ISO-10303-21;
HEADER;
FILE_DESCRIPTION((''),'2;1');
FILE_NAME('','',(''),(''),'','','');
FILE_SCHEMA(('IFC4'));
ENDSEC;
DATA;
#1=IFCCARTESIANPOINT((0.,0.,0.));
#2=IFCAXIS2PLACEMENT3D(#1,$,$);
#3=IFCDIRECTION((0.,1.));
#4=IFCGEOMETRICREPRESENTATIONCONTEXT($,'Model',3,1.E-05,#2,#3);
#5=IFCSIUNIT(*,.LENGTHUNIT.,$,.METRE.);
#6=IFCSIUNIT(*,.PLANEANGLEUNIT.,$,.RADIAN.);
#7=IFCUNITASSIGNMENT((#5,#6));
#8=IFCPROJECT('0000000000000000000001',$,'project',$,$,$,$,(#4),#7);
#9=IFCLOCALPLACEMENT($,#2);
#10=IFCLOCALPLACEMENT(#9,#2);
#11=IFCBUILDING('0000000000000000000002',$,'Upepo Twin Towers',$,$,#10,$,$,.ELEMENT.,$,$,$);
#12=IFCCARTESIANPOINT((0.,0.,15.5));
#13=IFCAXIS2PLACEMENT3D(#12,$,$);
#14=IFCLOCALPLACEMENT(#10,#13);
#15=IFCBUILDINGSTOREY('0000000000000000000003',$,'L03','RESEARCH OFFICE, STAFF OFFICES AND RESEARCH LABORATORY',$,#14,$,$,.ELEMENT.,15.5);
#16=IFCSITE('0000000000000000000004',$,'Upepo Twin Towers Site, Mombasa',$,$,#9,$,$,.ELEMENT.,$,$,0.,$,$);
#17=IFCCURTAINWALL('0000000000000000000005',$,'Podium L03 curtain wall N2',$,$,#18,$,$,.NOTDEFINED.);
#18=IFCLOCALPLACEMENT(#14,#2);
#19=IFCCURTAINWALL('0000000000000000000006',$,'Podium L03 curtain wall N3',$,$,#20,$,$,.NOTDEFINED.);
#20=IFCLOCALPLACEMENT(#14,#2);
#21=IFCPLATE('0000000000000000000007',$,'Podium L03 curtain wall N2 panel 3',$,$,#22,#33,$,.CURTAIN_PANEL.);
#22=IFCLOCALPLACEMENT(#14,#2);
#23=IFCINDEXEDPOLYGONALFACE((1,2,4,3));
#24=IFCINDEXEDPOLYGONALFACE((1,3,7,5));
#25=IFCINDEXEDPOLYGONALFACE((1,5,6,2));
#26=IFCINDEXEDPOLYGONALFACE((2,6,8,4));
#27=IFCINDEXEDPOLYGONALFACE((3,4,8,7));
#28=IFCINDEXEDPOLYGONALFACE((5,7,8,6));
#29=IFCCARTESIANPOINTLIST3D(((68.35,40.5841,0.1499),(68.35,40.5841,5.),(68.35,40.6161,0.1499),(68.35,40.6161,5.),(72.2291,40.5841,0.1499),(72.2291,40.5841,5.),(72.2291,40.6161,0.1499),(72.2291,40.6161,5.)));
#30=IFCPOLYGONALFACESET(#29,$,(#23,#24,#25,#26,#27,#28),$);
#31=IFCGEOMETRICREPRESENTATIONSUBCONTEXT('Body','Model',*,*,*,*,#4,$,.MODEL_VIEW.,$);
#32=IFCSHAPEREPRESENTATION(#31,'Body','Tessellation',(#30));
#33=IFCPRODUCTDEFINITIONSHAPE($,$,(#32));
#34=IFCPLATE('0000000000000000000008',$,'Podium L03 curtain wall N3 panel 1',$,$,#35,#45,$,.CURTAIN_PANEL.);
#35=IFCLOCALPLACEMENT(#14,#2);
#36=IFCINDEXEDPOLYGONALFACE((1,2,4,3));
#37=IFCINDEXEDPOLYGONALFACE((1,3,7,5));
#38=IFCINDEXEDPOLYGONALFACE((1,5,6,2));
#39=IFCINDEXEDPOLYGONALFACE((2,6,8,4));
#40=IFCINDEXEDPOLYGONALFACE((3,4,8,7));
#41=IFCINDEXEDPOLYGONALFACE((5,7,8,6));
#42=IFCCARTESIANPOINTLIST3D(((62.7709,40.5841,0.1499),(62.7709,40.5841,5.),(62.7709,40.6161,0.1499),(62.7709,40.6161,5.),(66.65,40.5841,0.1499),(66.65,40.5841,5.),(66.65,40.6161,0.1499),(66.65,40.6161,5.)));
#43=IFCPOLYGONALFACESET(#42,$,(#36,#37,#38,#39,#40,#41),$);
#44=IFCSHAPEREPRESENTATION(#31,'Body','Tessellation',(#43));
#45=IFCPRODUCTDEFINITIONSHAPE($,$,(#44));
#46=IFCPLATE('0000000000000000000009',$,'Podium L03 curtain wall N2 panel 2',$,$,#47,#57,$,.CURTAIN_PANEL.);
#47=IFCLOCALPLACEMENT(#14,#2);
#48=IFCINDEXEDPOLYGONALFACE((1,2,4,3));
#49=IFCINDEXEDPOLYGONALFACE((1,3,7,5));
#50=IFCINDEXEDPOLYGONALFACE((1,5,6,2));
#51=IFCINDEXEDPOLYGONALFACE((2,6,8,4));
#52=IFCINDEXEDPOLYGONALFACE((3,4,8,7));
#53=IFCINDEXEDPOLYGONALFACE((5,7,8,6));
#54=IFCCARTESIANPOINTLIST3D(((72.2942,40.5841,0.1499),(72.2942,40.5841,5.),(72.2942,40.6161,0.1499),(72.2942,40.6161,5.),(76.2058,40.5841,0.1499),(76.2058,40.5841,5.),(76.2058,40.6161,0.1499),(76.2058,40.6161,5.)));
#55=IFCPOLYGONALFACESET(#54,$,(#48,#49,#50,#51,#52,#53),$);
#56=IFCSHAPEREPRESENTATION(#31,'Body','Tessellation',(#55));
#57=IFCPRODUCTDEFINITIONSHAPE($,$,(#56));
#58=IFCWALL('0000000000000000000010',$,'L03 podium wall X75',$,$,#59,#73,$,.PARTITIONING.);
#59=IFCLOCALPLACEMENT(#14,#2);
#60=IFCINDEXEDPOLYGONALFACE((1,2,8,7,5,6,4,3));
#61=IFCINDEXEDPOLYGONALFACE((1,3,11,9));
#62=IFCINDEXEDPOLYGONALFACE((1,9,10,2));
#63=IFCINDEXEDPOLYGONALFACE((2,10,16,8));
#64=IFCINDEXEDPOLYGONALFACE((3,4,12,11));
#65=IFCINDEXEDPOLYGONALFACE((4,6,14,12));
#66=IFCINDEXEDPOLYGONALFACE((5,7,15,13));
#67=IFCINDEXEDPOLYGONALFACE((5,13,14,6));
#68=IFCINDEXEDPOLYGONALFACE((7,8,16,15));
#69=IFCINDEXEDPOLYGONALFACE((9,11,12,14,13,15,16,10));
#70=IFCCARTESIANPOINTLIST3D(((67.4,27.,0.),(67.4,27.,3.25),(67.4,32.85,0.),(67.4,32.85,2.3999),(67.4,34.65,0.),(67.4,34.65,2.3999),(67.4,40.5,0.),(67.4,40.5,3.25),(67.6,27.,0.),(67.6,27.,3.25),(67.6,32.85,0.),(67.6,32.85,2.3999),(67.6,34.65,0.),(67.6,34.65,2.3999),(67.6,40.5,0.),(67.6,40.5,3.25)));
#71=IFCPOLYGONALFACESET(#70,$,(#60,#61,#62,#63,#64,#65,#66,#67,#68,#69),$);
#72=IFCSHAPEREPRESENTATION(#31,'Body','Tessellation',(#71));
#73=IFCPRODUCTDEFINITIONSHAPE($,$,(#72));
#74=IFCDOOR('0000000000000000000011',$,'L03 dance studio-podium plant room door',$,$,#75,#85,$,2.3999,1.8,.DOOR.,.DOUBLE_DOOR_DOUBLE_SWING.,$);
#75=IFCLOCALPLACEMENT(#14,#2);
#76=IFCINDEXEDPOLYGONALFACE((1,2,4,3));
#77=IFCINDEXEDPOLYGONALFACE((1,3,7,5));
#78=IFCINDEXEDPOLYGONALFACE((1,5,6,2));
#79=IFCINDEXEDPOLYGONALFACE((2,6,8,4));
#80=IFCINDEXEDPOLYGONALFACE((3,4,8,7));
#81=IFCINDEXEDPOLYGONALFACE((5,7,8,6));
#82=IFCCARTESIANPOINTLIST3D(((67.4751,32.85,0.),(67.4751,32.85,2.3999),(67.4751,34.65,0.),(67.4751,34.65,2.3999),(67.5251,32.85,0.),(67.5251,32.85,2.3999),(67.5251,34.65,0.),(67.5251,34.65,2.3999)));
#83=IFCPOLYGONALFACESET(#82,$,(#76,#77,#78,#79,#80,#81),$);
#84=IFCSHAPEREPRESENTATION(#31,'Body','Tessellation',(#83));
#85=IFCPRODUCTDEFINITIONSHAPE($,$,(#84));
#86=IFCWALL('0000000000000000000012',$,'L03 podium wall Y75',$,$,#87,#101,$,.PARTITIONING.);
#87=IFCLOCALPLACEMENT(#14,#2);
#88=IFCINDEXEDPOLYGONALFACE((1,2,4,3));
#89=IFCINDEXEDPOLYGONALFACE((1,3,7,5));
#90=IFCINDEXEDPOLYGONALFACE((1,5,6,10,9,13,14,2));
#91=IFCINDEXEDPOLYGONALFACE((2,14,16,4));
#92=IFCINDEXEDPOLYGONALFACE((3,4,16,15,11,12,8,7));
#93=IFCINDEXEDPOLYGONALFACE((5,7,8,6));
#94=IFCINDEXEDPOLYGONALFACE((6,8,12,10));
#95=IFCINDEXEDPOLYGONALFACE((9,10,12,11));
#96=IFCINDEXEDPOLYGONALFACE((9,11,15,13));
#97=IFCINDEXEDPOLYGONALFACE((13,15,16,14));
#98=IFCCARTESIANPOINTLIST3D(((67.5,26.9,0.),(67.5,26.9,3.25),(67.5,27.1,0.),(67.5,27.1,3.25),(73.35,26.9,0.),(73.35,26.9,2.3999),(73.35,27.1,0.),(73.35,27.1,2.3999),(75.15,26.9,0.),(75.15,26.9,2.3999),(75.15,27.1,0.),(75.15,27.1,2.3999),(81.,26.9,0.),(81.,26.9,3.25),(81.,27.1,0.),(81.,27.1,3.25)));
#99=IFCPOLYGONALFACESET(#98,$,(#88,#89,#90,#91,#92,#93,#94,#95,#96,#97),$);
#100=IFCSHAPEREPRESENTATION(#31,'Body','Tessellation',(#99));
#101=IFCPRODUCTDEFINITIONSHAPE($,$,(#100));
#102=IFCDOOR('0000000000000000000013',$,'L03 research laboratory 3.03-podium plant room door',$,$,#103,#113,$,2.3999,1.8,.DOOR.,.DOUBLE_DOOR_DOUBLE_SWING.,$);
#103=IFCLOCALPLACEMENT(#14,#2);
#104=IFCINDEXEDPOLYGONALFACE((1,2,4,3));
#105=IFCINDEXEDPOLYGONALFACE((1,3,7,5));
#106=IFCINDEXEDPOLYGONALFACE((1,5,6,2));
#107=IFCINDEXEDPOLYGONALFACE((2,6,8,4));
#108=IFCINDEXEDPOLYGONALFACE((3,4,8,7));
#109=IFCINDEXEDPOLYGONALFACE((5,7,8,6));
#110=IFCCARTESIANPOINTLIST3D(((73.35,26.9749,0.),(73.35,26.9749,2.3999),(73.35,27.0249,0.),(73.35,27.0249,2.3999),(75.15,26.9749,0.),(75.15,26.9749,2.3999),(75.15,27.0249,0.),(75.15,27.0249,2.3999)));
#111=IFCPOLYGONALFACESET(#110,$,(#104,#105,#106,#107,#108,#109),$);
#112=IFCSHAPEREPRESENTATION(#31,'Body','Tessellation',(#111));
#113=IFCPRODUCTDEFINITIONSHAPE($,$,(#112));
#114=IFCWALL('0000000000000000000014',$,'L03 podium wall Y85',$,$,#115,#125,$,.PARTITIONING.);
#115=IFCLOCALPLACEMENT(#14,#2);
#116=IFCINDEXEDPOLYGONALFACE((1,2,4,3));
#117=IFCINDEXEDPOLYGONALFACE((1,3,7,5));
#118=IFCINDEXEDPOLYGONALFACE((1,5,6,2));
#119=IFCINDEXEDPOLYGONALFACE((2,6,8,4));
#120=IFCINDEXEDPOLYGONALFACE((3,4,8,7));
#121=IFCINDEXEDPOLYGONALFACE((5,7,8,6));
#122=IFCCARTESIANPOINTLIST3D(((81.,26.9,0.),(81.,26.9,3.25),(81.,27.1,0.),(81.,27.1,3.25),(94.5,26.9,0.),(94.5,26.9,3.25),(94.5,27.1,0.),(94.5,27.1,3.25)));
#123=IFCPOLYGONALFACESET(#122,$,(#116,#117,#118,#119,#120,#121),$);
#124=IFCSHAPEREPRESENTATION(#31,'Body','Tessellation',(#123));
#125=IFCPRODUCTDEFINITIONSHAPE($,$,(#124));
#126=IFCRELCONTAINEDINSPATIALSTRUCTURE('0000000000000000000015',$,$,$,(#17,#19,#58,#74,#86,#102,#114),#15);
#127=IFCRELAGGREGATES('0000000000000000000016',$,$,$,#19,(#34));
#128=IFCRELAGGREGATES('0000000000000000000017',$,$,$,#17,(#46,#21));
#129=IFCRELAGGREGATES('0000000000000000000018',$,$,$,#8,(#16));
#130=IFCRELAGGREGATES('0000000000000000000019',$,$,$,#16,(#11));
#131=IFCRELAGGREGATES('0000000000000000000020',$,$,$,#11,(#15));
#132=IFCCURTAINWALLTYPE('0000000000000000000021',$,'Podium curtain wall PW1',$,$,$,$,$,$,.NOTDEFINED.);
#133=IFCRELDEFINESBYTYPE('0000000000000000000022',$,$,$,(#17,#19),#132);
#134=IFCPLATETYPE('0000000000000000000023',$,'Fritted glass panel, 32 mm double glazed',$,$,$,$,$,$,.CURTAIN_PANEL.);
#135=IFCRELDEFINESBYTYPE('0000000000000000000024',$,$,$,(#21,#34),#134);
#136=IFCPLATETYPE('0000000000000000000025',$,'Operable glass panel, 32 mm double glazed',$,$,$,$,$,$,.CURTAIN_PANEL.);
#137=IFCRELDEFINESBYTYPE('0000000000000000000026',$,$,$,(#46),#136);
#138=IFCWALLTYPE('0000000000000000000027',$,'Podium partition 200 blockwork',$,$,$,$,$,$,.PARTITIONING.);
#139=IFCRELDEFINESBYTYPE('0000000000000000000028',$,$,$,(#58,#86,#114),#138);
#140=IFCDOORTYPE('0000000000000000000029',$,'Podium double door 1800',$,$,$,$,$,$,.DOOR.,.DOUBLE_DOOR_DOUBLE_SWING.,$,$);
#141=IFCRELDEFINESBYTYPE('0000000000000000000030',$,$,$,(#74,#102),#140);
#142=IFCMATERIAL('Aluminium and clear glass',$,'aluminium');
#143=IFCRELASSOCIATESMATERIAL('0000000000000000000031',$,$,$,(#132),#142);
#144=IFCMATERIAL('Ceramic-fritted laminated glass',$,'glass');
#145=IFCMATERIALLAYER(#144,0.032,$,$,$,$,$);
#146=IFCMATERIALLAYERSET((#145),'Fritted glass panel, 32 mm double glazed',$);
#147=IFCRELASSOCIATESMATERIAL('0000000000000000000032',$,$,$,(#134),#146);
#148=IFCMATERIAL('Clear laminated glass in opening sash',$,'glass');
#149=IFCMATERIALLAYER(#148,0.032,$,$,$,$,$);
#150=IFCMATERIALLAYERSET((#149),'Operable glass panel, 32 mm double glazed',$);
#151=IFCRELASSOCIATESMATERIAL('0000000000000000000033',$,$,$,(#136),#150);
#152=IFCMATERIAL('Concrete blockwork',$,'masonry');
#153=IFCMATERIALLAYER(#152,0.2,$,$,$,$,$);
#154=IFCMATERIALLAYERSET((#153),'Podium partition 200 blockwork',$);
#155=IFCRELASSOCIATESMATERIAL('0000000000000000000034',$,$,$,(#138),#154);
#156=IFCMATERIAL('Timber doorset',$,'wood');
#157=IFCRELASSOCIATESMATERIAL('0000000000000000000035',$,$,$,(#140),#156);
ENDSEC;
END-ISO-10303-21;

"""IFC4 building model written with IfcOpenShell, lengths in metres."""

from ifc_helpers import new_model, si_unit, direction, frame, frame_2d, origin, origin_2d, place, context, subcontext, project, spatial, rectangle, extrude, material, layer, layer_set, type_object, element, fill, aggregate, save


model = new_model("IFC4")

# Units and contexts
model_context = context("Model", 3, precision=1e-05, world=origin(), true_north=direction((0.0, 1.0)))
body_context = subcontext(model_context, "Body", "Model", "MODEL_VIEW")
ifc_project = project(units=[si_unit("LENGTHUNIT", "METRE"), si_unit("PLANEANGLEUNIT", "RADIAN")], contexts=[model_context])

# Site, building, storey
site_placement = place(None, origin())
site = spatial("IfcSite", under=ifc_project, at=site_placement, Name="Upepo Twin Towers Site, Mombasa", CompositionType="ELEMENT", RefElevation=0.0)
building_placement = place(site_placement, origin())
building = spatial("IfcBuilding", under=site, at=building_placement, Name="Upepo Twin Towers", CompositionType="ELEMENT")
storey_placement = place(building_placement, frame((0.0, 0.0, 15.5)))
storey = spatial("IfcBuildingStorey", under=building, at=storey_placement, Name="L03", Description="RESEARCH OFFICE, STAFF OFFICES AND RESEARCH LABORATORY", CompositionType="ELEMENT", Elevation=15.5)

# Shared definitions
ifc_material_1 = material(Name="Aluminium and clear glass", Category="aluminium")
curtain_wall_type = type_object("IfcCurtainWallType", Name="Podium curtain wall PW1", PredefinedType="NOTDEFINED", material=ifc_material_1)

# Curtain wall
curtain_wall_1_placement = place(storey_placement, origin())
curtain_wall_1 = element("IfcCurtainWall", 1, at=curtain_wall_1_placement, inside=storey, type_object=curtain_wall_type, Name="Podium L03 curtain wall N2", PredefinedType="NOTDEFINED")

# Curtain wall
curtain_wall_2_placement = place(storey_placement, origin())
curtain_wall_2 = element("IfcCurtainWall", 2, at=curtain_wall_2_placement, inside=storey, type_object=curtain_wall_type, Name="Podium L03 curtain wall N3", PredefinedType="NOTDEFINED")

# Plates
ifc_material_2 = material(Name="Ceramic-fritted laminated glass", Category="glass")
ifc_layer_1 = layer(ifc_material_2, 0.032)
ifc_layer_set_1 = layer_set([ifc_layer_1], Name="Fritted glass panel, 32 mm double glazed")
plate_type_1 = type_object("IfcPlateType", Name="Fritted glass panel, 32 mm double glazed", PredefinedType="CURTAIN_PANEL", material=ifc_layer_set_1)
plate_1_placement = place(storey_placement, frame((70.2896, 40.6001, 0.1499), z_axis=(0.0, 0.0, 1.0), x_axis=(-1.0, 0.0, 0.0)))
plate_1 = element("IfcPlate", 3, at=plate_1_placement, type_object=plate_type_1, Name="Podium L03 curtain wall N2 panel 3", PredefinedType="CURTAIN_PANEL", context=body_context, shape_type="SweptSolid", body=[
    extrude(rectangle(XDim=3.8792, YDim=0.032, at=origin_2d()), origin(), (0.0, 0.0, 1.0), 4.8501),
])
plate_2_placement = place(storey_placement, frame((64.7104, 40.6001, 0.1499), z_axis=(0.0, 0.0, 1.0), x_axis=(-1.0, 0.0, 0.0)))
plate_2 = element("IfcPlate", 4, at=plate_2_placement, type_object=plate_type_1, Name="Podium L03 curtain wall N3 panel 1", PredefinedType="CURTAIN_PANEL", context=body_context, shape_type="SweptSolid", body=[
    extrude(rectangle(XDim=3.8792, YDim=0.032, at=origin_2d()), origin(), (0.0, 0.0, 1.0), 4.8501),
])
aggregate(curtain_wall_2, [plate_2])
ifc_material_3 = material(Name="Clear laminated glass in opening sash", Category="glass")
ifc_layer_2 = layer(ifc_material_3, 0.032)
ifc_layer_set_2 = layer_set([ifc_layer_2], Name="Operable glass panel, 32 mm double glazed")
plate_type_2 = type_object("IfcPlateType", Name="Operable glass panel, 32 mm double glazed", PredefinedType="CURTAIN_PANEL", material=ifc_layer_set_2)
plate_3_placement = place(storey_placement, frame((74.25, 40.6001, 0.1499), z_axis=(0.0, 0.0, 1.0), x_axis=(-1.0, 0.0, 0.0)))
plate_3 = element("IfcPlate", 5, at=plate_3_placement, type_object=plate_type_2, Name="Podium L03 curtain wall N2 panel 2", PredefinedType="CURTAIN_PANEL", context=body_context, shape_type="SweptSolid", body=[
    extrude(rectangle(XDim=3.9116, YDim=0.032, at=origin_2d()), origin(), (0.0, 0.0, 1.0), 4.8501),
])
aggregate(curtain_wall_1, [plate_3, plate_1])

# Walls, openings, doors
ifc_material_4 = material(Name="Concrete blockwork", Category="masonry")
ifc_layer_3 = layer(ifc_material_4, 0.2)
ifc_layer_set_3 = layer_set([ifc_layer_3], Name="Podium partition 200 blockwork")
wall_type = type_object("IfcWallType", Name="Podium partition 200 blockwork", PredefinedType="PARTITIONING", material=ifc_layer_set_3)
wall_1_placement = place(storey_placement, frame((67.5, 27.0, 0.0), z_axis=(0.0, 0.0, 1.0), x_axis=(0.0, 1.0, 0.0)))
wall_1 = element("IfcWall", 6, at=wall_1_placement, inside=storey, type_object=wall_type, Name="L03 podium wall X75", PredefinedType="PARTITIONING", context=body_context, shape_type="SweptSolid", body=[
    extrude(rectangle(XDim=13.5, YDim=0.2, at=frame_2d((6.75, 0.0))), origin(), (0.0, 0.0, 1.0), 3.25),
])
opening_1_placement = place(wall_1_placement, frame((5.8501, 0.0, 0.0)))
opening_1 = element("IfcOpeningElement", 7, at=opening_1_placement, cuts=wall_1, PredefinedType="OPENING", context=body_context, shape_type="SweptSolid", body=[
    extrude(rectangle(XDim=1.8, YDim=2.3999, at=frame_2d((0.8999, 1.2))), frame((0.0, 0.1099, 0.0), z_axis=(0.0, -1.0, 0.0), x_axis=(1.0, 0.0, 0.0)), (0.0, 0.0, 1.0), 0.22),
])
ifc_material_5 = material(Name="Timber doorset", Category="wood")
door_type = type_object("IfcDoorType", Name="Podium double door 1800", OperationType="DOUBLE_DOOR_DOUBLE_SWING", PredefinedType="DOOR", material=ifc_material_5)
door_1_placement = place(opening_1_placement, origin())
door_1 = element("IfcDoor", 8, at=door_1_placement, inside=storey, type_object=door_type, Name="L03 dance studio-podium plant room door", OperationType="DOUBLE_DOOR_DOUBLE_SWING", OverallHeight=2.3999, OverallWidth=1.8, PredefinedType="DOOR", context=body_context, shape_type="SweptSolid", body=[
    extrude(rectangle(XDim=1.8, YDim=2.3999, at=frame_2d((0.8999, 1.2))), frame((0.0, 0.0249, 0.0), z_axis=(0.0, -1.0, 0.0), x_axis=(1.0, 0.0, 0.0)), (0.0, 0.0, 1.0), 0.05),
])
fill(opening_1, door_1)
wall_2_placement = place(storey_placement, frame((67.5, 27.0, 0.0), z_axis=(0.0, 0.0, 1.0), x_axis=(1.0, 0.0, 0.0)))
wall_2 = element("IfcWall", 9, at=wall_2_placement, inside=storey, type_object=wall_type, Name="L03 podium wall Y75", PredefinedType="PARTITIONING", context=body_context, shape_type="SweptSolid", body=[
    extrude(rectangle(XDim=13.5, YDim=0.2, at=frame_2d((6.75, 0.0))), origin(), (0.0, 0.0, 1.0), 3.25),
])
opening_2_placement = place(wall_2_placement, frame((5.8501, 0.0, 0.0)))
opening_2 = element("IfcOpeningElement", 10, at=opening_2_placement, cuts=wall_2, PredefinedType="OPENING", context=body_context, shape_type="SweptSolid", body=[
    extrude(rectangle(XDim=1.8, YDim=2.3999, at=frame_2d((0.8999, 1.2))), frame((0.0, 0.1099, 0.0), z_axis=(0.0, -1.0, 0.0), x_axis=(1.0, 0.0, 0.0)), (0.0, 0.0, 1.0), 0.22),
])
door_2_placement = place(opening_2_placement, origin())
door_2 = element("IfcDoor", 11, at=door_2_placement, inside=storey, type_object=door_type, Name="L03 research laboratory 3.03-podium plant room door", OperationType="DOUBLE_DOOR_DOUBLE_SWING", OverallHeight=2.3999, OverallWidth=1.8, PredefinedType="DOOR", context=body_context, shape_type="SweptSolid", body=[
    extrude(rectangle(XDim=1.8, YDim=2.3999, at=frame_2d((0.8999, 1.2))), frame((0.0, 0.0249, 0.0), z_axis=(0.0, -1.0, 0.0), x_axis=(1.0, 0.0, 0.0)), (0.0, 0.0, 1.0), 0.05),
])
fill(opening_2, door_2)

# Wall
wall_3_placement = place(storey_placement, frame((81.0, 27.0, 0.0), z_axis=(0.0, 0.0, 1.0), x_axis=(1.0, 0.0, 0.0)))
element("IfcWall", 12, at=wall_3_placement, inside=storey, type_object=wall_type, Name="L03 podium wall Y85", PredefinedType="PARTITIONING", context=body_context, shape_type="SweptSolid", body=[
    extrude(rectangle(XDim=13.5, YDim=0.2, at=frame_2d((6.75, 0.0))), origin(), (0.0, 0.0, 1.0), 3.25),
])

save(model, "model.ifc")
